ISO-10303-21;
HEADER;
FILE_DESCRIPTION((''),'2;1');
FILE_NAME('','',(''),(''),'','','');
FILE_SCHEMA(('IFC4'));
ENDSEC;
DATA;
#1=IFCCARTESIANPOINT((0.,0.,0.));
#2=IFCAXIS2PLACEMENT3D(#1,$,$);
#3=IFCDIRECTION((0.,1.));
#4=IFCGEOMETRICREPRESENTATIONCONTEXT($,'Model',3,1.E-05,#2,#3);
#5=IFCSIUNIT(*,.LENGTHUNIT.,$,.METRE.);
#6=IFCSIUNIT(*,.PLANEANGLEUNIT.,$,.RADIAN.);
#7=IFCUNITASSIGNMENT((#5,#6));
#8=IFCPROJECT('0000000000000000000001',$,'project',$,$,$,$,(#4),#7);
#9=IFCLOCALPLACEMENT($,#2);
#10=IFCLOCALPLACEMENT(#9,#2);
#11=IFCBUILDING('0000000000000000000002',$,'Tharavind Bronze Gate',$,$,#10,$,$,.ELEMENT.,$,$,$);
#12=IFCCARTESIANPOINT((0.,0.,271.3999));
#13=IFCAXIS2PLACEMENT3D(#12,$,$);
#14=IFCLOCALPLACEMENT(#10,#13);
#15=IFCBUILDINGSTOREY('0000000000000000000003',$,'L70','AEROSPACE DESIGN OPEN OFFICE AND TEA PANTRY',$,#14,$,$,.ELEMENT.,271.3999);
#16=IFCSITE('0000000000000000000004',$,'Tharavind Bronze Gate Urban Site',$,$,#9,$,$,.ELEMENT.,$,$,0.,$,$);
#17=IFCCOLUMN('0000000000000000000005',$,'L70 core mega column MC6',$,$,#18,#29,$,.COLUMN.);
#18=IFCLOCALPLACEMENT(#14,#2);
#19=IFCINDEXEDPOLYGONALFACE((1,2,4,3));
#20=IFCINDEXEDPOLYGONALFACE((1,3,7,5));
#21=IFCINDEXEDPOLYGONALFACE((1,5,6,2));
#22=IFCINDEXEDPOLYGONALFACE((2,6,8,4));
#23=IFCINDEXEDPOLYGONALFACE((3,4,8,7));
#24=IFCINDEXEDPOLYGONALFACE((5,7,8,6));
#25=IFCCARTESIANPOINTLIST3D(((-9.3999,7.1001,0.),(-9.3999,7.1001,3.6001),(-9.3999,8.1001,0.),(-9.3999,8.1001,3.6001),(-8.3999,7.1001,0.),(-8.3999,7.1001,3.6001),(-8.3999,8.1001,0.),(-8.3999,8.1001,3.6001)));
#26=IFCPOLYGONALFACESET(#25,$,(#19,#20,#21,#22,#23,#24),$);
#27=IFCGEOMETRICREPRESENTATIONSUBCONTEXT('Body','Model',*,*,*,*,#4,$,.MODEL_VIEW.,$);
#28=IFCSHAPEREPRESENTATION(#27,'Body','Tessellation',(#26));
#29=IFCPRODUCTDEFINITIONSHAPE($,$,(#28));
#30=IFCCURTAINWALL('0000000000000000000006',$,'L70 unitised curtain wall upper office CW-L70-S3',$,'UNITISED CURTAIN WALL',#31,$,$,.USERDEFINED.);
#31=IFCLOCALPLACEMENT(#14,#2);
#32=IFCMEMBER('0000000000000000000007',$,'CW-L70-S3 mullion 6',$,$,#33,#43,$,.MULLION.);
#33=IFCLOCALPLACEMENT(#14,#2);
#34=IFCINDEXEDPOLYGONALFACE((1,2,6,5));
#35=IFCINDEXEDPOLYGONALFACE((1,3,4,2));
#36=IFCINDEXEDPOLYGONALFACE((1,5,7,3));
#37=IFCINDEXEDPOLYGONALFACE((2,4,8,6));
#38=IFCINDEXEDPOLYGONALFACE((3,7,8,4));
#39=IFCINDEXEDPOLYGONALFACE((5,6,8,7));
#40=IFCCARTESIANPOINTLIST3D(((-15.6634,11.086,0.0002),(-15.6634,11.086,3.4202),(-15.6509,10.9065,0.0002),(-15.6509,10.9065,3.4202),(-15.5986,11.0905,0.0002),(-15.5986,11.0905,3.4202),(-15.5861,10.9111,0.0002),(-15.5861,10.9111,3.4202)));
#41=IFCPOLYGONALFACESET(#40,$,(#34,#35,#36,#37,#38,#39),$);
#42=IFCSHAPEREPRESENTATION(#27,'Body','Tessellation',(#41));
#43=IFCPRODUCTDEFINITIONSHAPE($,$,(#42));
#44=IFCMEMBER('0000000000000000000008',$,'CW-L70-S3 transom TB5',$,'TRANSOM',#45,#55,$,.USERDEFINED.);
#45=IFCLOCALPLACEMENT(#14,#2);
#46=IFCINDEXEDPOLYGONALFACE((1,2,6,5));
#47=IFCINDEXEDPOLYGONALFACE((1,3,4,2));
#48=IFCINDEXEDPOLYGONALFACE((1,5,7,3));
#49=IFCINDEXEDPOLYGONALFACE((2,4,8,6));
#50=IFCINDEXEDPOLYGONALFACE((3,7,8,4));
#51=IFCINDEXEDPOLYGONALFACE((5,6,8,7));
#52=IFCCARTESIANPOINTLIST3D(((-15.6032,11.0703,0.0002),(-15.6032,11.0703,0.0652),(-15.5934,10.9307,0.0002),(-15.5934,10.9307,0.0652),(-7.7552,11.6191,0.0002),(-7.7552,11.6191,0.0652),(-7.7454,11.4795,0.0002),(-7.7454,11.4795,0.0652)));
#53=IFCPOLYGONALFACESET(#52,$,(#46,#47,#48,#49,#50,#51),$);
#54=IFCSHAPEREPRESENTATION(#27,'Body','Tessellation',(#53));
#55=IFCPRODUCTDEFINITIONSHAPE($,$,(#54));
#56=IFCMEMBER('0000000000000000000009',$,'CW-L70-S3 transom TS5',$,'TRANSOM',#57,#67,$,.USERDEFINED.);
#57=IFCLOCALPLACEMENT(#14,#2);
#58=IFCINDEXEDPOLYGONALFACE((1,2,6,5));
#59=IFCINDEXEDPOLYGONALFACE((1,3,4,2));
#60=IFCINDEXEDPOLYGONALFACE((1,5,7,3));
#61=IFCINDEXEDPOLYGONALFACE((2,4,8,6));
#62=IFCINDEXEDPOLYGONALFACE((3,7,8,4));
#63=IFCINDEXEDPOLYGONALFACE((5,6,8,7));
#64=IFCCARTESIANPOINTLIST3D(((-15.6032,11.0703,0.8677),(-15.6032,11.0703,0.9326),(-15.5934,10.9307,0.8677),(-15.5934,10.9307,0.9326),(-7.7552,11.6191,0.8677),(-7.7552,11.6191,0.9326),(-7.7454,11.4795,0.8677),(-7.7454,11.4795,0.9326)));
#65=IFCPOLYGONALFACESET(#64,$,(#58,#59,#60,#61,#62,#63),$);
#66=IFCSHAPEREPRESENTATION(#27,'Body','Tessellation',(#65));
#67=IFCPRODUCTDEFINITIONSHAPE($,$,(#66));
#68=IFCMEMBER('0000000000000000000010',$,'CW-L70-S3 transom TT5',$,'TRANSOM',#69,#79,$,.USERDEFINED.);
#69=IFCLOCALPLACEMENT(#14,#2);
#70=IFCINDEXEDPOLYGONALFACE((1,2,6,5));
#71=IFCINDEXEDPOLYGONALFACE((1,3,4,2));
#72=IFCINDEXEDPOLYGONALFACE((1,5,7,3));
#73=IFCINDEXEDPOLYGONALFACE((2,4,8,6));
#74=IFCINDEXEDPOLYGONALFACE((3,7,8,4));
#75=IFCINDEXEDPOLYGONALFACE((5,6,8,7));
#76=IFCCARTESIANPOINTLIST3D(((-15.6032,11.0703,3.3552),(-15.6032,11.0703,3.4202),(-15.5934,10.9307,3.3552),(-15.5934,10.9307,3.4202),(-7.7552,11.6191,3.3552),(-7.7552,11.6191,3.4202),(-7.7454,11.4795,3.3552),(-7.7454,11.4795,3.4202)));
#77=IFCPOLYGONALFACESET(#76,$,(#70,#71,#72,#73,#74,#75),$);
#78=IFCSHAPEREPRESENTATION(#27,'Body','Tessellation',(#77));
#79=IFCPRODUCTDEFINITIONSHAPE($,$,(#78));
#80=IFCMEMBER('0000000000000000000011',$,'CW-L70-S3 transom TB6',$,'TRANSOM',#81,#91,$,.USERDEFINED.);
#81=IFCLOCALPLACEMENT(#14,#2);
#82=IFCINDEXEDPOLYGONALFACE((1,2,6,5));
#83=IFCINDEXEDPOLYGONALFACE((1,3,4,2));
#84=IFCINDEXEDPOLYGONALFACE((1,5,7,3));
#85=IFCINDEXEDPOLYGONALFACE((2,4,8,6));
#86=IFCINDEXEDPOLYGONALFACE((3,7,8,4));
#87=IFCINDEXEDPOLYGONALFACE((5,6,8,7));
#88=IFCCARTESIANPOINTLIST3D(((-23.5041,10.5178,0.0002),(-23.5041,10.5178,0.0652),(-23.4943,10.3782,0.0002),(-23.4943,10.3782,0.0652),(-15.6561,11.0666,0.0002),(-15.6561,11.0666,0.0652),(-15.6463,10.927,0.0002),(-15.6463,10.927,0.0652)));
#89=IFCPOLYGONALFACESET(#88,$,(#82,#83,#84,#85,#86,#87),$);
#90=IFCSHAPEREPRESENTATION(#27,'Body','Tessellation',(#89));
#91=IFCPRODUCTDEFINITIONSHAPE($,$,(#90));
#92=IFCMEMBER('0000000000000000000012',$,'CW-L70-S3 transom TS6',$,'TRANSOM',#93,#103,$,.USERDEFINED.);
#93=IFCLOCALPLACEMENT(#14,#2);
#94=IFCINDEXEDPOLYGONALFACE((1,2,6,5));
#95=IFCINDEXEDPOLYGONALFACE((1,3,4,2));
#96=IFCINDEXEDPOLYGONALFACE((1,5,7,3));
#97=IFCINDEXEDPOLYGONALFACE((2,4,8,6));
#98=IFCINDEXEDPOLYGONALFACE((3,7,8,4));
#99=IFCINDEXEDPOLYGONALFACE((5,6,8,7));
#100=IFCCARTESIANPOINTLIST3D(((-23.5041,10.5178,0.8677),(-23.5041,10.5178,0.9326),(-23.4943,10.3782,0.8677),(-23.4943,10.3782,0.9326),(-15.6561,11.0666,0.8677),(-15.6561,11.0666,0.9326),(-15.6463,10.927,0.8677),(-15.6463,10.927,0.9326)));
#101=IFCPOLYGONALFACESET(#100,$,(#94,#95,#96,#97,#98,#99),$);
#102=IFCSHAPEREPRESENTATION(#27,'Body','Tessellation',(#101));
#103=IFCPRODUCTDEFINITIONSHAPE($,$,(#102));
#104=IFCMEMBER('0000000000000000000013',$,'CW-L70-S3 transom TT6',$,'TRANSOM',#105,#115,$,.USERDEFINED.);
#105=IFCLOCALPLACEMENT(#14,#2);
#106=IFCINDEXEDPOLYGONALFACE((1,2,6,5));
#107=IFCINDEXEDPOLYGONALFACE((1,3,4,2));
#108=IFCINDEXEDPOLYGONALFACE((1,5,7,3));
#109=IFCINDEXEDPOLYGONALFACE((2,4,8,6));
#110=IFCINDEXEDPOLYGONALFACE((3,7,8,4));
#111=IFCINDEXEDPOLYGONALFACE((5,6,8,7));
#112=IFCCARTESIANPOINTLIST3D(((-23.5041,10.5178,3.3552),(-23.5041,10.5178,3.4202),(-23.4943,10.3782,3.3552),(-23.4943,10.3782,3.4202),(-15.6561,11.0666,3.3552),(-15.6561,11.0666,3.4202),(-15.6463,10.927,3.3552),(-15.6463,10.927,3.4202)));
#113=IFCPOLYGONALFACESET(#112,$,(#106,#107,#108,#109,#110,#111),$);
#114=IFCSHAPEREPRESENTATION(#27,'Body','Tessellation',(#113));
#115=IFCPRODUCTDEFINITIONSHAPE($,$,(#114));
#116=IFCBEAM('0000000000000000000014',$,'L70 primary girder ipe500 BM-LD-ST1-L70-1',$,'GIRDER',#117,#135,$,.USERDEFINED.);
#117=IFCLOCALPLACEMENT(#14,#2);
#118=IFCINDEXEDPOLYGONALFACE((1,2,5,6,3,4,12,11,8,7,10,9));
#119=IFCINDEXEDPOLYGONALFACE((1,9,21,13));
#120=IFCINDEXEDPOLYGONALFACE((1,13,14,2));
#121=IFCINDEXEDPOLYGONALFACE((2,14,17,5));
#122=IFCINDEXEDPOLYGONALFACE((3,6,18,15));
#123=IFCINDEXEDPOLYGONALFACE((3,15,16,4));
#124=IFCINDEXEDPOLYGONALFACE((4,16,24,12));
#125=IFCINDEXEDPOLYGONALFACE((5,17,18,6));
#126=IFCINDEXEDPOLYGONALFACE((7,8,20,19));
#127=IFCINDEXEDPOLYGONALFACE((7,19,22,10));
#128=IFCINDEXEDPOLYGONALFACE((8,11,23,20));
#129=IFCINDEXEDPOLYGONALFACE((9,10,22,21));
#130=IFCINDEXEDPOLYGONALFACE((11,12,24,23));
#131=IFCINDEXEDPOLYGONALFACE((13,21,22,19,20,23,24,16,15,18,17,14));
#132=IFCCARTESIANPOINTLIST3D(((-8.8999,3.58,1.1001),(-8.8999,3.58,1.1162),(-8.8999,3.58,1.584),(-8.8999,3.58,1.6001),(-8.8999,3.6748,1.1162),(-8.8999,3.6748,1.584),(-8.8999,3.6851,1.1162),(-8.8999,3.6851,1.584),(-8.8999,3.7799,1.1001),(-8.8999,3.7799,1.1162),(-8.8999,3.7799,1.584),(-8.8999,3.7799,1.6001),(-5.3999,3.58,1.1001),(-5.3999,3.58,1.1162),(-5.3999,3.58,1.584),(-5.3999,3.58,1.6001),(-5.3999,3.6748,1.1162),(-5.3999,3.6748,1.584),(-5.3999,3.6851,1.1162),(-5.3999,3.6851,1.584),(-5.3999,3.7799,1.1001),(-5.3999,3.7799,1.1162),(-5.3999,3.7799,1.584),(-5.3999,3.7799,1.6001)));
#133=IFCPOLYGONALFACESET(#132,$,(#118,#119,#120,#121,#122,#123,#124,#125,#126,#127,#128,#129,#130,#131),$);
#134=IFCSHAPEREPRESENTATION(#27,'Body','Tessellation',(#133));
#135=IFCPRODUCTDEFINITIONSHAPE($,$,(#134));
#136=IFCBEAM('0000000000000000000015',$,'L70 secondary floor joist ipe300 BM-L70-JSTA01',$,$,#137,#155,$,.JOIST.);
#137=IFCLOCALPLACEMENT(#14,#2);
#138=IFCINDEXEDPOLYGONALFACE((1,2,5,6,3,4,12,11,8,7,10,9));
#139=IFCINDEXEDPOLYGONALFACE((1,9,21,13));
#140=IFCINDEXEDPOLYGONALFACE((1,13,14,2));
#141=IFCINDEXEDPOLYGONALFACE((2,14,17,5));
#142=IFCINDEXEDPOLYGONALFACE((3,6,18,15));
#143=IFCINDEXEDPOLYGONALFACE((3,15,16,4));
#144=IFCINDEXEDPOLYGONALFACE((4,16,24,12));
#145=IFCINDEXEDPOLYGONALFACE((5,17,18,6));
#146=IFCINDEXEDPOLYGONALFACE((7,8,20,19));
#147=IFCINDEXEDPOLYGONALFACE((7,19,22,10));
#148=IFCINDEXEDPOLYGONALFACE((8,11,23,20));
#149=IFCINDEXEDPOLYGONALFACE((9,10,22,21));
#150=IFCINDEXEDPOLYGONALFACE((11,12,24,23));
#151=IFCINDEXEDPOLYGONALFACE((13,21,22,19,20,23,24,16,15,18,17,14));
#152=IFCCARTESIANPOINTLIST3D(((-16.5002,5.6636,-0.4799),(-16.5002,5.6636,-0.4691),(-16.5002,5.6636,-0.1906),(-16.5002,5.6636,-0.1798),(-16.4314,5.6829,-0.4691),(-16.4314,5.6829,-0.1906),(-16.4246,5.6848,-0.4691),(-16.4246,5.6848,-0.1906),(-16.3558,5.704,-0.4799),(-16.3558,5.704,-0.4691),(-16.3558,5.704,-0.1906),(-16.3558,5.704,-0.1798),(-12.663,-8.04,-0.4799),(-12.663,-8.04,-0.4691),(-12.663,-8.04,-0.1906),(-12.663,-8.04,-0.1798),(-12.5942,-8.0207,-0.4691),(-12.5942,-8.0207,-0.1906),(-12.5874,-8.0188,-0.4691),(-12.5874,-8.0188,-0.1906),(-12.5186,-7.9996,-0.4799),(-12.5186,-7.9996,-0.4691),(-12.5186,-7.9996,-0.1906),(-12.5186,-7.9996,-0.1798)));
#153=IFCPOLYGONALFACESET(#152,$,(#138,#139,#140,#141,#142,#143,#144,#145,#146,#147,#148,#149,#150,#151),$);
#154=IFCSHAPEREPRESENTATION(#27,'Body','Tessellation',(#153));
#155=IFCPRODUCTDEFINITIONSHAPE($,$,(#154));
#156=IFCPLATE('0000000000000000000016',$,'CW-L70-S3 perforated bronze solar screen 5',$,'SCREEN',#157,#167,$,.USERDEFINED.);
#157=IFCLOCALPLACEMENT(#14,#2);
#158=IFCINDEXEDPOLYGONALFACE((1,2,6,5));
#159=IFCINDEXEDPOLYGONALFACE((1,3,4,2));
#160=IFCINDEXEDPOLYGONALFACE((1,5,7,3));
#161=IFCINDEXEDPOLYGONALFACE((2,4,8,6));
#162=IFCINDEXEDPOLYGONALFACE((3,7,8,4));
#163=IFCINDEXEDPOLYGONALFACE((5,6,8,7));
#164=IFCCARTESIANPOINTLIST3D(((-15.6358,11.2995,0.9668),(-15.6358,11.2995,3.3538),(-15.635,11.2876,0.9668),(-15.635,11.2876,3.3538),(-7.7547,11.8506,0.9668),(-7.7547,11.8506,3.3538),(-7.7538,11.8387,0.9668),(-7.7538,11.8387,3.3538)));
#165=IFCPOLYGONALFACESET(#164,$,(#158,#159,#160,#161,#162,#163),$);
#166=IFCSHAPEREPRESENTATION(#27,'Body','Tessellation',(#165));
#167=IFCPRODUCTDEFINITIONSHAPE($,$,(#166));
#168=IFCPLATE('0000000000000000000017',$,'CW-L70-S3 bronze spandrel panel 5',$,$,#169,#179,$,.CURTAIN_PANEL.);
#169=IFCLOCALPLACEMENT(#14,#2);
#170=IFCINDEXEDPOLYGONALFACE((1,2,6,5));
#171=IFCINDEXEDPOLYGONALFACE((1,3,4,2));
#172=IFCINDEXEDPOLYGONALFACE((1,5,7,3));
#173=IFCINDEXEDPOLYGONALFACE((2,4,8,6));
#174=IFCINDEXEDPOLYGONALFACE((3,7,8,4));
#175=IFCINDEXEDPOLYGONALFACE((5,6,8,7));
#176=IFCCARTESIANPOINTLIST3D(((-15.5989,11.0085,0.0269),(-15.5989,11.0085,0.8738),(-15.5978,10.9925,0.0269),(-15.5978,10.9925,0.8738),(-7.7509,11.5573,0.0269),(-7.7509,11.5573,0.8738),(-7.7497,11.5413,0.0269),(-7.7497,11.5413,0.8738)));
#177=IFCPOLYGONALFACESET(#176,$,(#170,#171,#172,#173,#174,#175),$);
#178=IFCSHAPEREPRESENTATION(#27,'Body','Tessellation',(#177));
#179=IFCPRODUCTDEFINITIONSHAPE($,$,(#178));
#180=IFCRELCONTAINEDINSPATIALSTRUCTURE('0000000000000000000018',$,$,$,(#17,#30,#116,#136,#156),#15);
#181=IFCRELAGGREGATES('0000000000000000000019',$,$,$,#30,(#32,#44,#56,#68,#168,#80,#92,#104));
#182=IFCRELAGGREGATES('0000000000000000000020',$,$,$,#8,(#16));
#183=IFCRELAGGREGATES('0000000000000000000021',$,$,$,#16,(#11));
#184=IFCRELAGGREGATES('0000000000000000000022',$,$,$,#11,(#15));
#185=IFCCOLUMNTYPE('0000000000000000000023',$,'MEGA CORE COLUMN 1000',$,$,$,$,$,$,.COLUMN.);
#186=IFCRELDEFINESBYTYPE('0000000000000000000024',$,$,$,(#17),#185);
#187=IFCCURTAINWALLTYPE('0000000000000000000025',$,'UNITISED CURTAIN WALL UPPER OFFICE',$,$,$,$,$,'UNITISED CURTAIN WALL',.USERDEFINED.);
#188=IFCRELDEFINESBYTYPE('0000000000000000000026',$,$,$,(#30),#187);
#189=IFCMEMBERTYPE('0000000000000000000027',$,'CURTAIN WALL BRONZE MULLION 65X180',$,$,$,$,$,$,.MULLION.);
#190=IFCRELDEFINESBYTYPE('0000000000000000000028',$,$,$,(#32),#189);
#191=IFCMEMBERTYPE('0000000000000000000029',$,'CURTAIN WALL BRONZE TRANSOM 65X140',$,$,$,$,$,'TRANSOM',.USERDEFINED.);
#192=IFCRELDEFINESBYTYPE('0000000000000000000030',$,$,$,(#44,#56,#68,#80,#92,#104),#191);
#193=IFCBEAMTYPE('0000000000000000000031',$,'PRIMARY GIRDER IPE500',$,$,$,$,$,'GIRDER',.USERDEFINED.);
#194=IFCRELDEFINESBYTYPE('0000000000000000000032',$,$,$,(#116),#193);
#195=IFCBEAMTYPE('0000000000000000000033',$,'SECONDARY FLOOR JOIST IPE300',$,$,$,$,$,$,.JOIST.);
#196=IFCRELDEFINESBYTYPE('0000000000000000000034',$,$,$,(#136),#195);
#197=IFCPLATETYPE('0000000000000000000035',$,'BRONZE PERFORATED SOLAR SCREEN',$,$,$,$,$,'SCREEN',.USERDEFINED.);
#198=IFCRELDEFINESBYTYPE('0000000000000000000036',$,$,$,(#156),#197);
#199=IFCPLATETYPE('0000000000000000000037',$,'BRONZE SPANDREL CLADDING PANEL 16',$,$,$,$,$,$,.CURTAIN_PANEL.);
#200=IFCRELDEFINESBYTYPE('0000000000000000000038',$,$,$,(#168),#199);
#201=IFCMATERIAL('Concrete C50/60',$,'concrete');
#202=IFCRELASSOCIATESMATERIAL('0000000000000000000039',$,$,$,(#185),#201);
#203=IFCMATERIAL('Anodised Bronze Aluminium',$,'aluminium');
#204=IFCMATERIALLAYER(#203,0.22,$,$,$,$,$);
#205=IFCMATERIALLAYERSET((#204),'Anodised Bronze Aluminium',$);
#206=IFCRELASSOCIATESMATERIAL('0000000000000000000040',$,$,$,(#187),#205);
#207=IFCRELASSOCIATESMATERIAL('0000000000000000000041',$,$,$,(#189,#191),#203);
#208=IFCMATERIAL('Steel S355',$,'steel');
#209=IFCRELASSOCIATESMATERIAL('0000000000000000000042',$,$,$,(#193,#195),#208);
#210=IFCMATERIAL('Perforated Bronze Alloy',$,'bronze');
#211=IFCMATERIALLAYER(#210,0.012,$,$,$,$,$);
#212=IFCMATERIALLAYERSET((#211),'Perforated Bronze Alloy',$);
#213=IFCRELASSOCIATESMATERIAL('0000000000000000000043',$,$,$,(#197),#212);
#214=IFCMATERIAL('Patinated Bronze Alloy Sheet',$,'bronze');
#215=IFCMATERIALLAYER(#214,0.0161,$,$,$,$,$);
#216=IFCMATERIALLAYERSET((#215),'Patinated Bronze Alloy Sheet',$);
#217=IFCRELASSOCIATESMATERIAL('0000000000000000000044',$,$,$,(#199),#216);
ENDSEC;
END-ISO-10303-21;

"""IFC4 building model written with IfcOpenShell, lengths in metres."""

from ifc_helpers import new_model, si_unit, direction, frame, origin, origin_2d, place, context, subcontext, project, spatial, rectangle, i_section, extrude, material, layer, layer_set, material_profile, profile_set, type_object, element, aggregate, save


model = new_model("IFC4")

# Units and contexts
model_context = context("Model", 3, precision=1e-05, world=origin(), true_north=direction((0.0, 1.0)))
body_context = subcontext(model_context, "Body", "Model", "MODEL_VIEW")
ifc_project = project(units=[si_unit("LENGTHUNIT", "METRE"), si_unit("PLANEANGLEUNIT", "RADIAN")], contexts=[model_context])

# Site, building, storey
site_placement = place(None, origin())
site = spatial("IfcSite", under=ifc_project, at=site_placement, Name="Tharavind Bronze Gate Urban Site", CompositionType="ELEMENT", RefElevation=0.0)
building_placement = place(site_placement, origin())
building = spatial("IfcBuilding", under=site, at=building_placement, Name="Tharavind Bronze Gate", CompositionType="ELEMENT")
storey_placement = place(building_placement, frame((0.0, 0.0, 271.3999)))
storey = spatial("IfcBuildingStorey", under=building, at=storey_placement, Name="L70", Description="AEROSPACE DESIGN OPEN OFFICE AND TEA PANTRY", CompositionType="ELEMENT", Elevation=271.3999)

# Column
ifc_material_1 = material(Name="Concrete C50/60", Category="concrete")
ifc_material_profile_1 = material_profile(ifc_material_1, rectangle(XDim=1.0, YDim=1.0, at=origin_2d()), Name="RCCOL1000")
ifc_profile_set_1 = profile_set([ifc_material_profile_1], Name="Concrete C50/60")
column_type = type_object("IfcColumnType", Name="MEGA CORE COLUMN 1000", PredefinedType="COLUMN", material=ifc_profile_set_1)
column_placement = place(storey_placement, frame((-8.8999, 7.6001, 0.0), z_axis=(0.0, 0.0, 1.0), x_axis=(1.0, 0.0, 0.0)))
element("IfcColumn", 1, at=column_placement, inside=storey, type_object=column_type, Name="L70 core mega column MC6", PredefinedType="COLUMN", context=body_context, shape_type="SweptSolid", body=[
    extrude(rectangle(XDim=1.0, YDim=1.0, at=origin_2d()), origin(), (0.0, 0.0, 1.0), 3.6001),
])

# Curtain wall, members
ifc_material_2 = material(Name="Anodised Bronze Aluminium", Category="aluminium")
ifc_layer_1 = layer(ifc_material_2, 0.22)
ifc_layer_set_1 = layer_set([ifc_layer_1], Name="Anodised Bronze Aluminium")
curtain_wall_type = type_object("IfcCurtainWallType", Name="UNITISED CURTAIN WALL UPPER OFFICE", ElementType="UNITISED CURTAIN WALL", PredefinedType="USERDEFINED", material=ifc_layer_set_1)
curtain_wall_placement = place(storey_placement, origin())
curtain_wall = element("IfcCurtainWall", 2, at=curtain_wall_placement, inside=storey, type_object=curtain_wall_type, Name="L70 unitised curtain wall upper office CW-L70-S3", ObjectType="UNITISED CURTAIN WALL", PredefinedType="USERDEFINED")
member_type_1 = type_object("IfcMemberType", Name="CURTAIN WALL BRONZE MULLION 65X180", PredefinedType="MULLION", material=ifc_material_2)
member_1_placement = place(storey_placement, frame((-15.6248, 10.9985, 0.0002), z_axis=(0.0, 0.0, 1.0), x_axis=(-0.997564, -0.06976, 0.0)))
member_1 = element("IfcMember", 3, at=member_1_placement, type_object=member_type_1, Name="CW-L70-S3 mullion 6", PredefinedType="MULLION", context=body_context, shape_type="SweptSolid", body=[
    extrude(rectangle(XDim=0.0649, YDim=0.1799, at=origin_2d()), origin(), (0.0, 0.0, 1.0), 3.4199),
])
member_type_2 = type_object("IfcMemberType", Name="CURTAIN WALL BRONZE TRANSOM 65X140", ElementType="TRANSOM", PredefinedType="USERDEFINED", material=ifc_material_2)
member_2_placement = place(storey_placement, frame((-11.6743, 11.2749, 0.0002), z_axis=(0.0, 0.0, 1.0), x_axis=(-0.997564, -0.06976, 0.0)))
member_2 = element("IfcMember", 4, at=member_2_placement, type_object=member_type_2, Name="CW-L70-S3 transom TB5", ObjectType="TRANSOM", PredefinedType="USERDEFINED", context=body_context, shape_type="SweptSolid", body=[
    extrude(rectangle(XDim=7.8672, YDim=0.1399, at=origin_2d()), origin(), (0.0, 0.0, 1.0), 0.0649),
])
member_3_placement = place(storey_placement, frame((-11.6743, 11.2749, 0.8677), z_axis=(0.0, 0.0, 1.0), x_axis=(-0.997564, -0.06976, 0.0)))
member_3 = element("IfcMember", 5, at=member_3_placement, type_object=member_type_2, Name="CW-L70-S3 transom TS5", ObjectType="TRANSOM", PredefinedType="USERDEFINED", context=body_context, shape_type="SweptSolid", body=[
    extrude(rectangle(XDim=7.8672, YDim=0.1399, at=origin_2d()), origin(), (0.0, 0.0, 1.0), 0.0649),
])
member_4_placement = place(storey_placement, frame((-11.6743, 11.2749, 3.3552), z_axis=(0.0, 0.0, 1.0), x_axis=(-0.997564, -0.06976, 0.0)))
member_4 = element("IfcMember", 6, at=member_4_placement, type_object=member_type_2, Name="CW-L70-S3 transom TT5", ObjectType="TRANSOM", PredefinedType="USERDEFINED", context=body_context, shape_type="SweptSolid", body=[
    extrude(rectangle(XDim=7.8672, YDim=0.1399, at=origin_2d()), origin(), (0.0, 0.0, 1.0), 0.0649),
])
member_5_placement = place(storey_placement, frame((-19.5752, 10.7224, 0.0002), z_axis=(0.0, 0.0, 1.0), x_axis=(-0.997564, -0.06976, 0.0)))
member_5 = element("IfcMember", 7, at=member_5_placement, type_object=member_type_2, Name="CW-L70-S3 transom TB6", ObjectType="TRANSOM", PredefinedType="USERDEFINED", context=body_context, shape_type="SweptSolid", body=[
    extrude(rectangle(XDim=7.8672, YDim=0.1399, at=origin_2d()), origin(), (0.0, 0.0, 1.0), 0.0649),
])
member_6_placement = place(storey_placement, frame((-19.5752, 10.7224, 0.8677), z_axis=(0.0, 0.0, 1.0), x_axis=(-0.997564, -0.06976, 0.0)))
member_6 = element("IfcMember", 8, at=member_6_placement, type_object=member_type_2, Name="CW-L70-S3 transom TS6", ObjectType="TRANSOM", PredefinedType="USERDEFINED", context=body_context, shape_type="SweptSolid", body=[
    extrude(rectangle(XDim=7.8672, YDim=0.1399, at=origin_2d()), origin(), (0.0, 0.0, 1.0), 0.0649),
])
member_7_placement = place(storey_placement, frame((-19.5752, 10.7224, 3.3552), z_axis=(0.0, 0.0, 1.0), x_axis=(-0.997564, -0.06976, 0.0)))
member_7 = element("IfcMember", 9, at=member_7_placement, type_object=member_type_2, Name="CW-L70-S3 transom TT6", ObjectType="TRANSOM", PredefinedType="USERDEFINED", context=body_context, shape_type="SweptSolid", body=[
    extrude(rectangle(XDim=7.8672, YDim=0.1399, at=origin_2d()), origin(), (0.0, 0.0, 1.0), 0.0649),
])

# Beams
ifc_material_3 = material(Name="Steel S355", Category="steel")
ifc_material_profile_2 = material_profile(ifc_material_3, i_section(OverallWidth=0.2, OverallDepth=0.5, WebThickness=0.0103, FlangeThickness=0.0161, at=origin_2d()), Name="IPE500")
ifc_profile_set_2 = profile_set([ifc_material_profile_2], Name="Steel S355")
beam_type_1 = type_object("IfcBeamType", Name="PRIMARY GIRDER IPE500", ElementType="GIRDER", PredefinedType="USERDEFINED", material=ifc_profile_set_2)
beam_1_placement = place(storey_placement, frame((-8.8999, 3.6799, 1.3501), z_axis=(1.0, 0.0, 0.0), x_axis=(0.0, 1.0, 0.0)))
element("IfcBeam", 10, at=beam_1_placement, inside=storey, type_object=beam_type_1, Name="L70 primary girder ipe500 BM-LD-ST1-L70-1", ObjectType="GIRDER", PredefinedType="USERDEFINED", context=body_context, shape_type="SweptSolid", body=[
    extrude(i_section(OverallWidth=0.2, OverallDepth=0.5, WebThickness=0.0103, FlangeThickness=0.0161, at=origin_2d()), origin(), (0.0, 0.0, 1.0), 3.5),
])
ifc_material_profile_3 = material_profile(ifc_material_3, i_section(OverallWidth=0.1499, OverallDepth=0.3, WebThickness=0.0071, FlangeThickness=0.0107, at=origin_2d()), Name="IPE300")
ifc_profile_set_3 = profile_set([ifc_material_profile_3], Name="Steel S355")
beam_type_2 = type_object("IfcBeamType", Name="SECONDARY FLOOR JOIST IPE300", PredefinedType="JOIST", material=ifc_profile_set_3)
beam_2_placement = place(storey_placement, frame((-16.428, 5.6838, -0.3298), z_axis=(0.269639, -0.962961, 0.0), x_axis=(0.962961, 0.269639, 0.0)))
element("IfcBeam", 11, at=beam_2_placement, inside=storey, type_object=beam_type_2, Name="L70 secondary floor joist ipe300 BM-L70-JSTA01", PredefinedType="JOIST", context=body_context, shape_type="SweptSolid", body=[
    extrude(i_section(OverallWidth=0.1499, OverallDepth=0.3, WebThickness=0.0071, FlangeThickness=0.0107, at=origin_2d()), origin(), (0.0, 0.0, 1.0), 14.2307),
])

# Plates
ifc_material_4 = material(Name="Perforated Bronze Alloy", Category="bronze")
ifc_layer_2 = layer(ifc_material_4, 0.012)
ifc_layer_set_2 = layer_set([ifc_layer_2], Name="Perforated Bronze Alloy")
plate_type_1 = type_object("IfcPlateType", Name="BRONZE PERFORATED SOLAR SCREEN", ElementType="SCREEN", PredefinedType="USERDEFINED", material=ifc_layer_set_2)
plate_1_placement = place(storey_placement, frame((-11.6948, 11.5691, 0.9668), z_axis=(0.0, 0.0, 1.0), x_axis=(-0.997564, -0.06976, 0.0)))
element("IfcPlate", 12, at=plate_1_placement, inside=storey, type_object=plate_type_1, Name="CW-L70-S3 perforated bronze solar screen 5", ObjectType="SCREEN", PredefinedType="USERDEFINED", context=body_context, shape_type="SweptSolid", body=[
    extrude(rectangle(XDim=7.9004, YDim=0.012, at=origin_2d()), origin(), (0.0, 0.0, 1.0), 2.387),
])
ifc_material_5 = material(Name="Patinated Bronze Alloy Sheet", Category="bronze")
ifc_layer_3 = layer(ifc_material_5, 0.0161)
ifc_layer_set_3 = layer_set([ifc_layer_3], Name="Patinated Bronze Alloy Sheet")
plate_type_2 = type_object("IfcPlateType", Name="BRONZE SPANDREL CLADDING PANEL 16", PredefinedType="CURTAIN_PANEL", material=ifc_layer_set_3)
plate_2_placement = place(storey_placement, frame((-11.6743, 11.2749, 0.0269), z_axis=(0.0, 0.0, 1.0), x_axis=(-0.997564, -0.06976, 0.0)))
plate_2 = element("IfcPlate", 13, at=plate_2_placement, type_object=plate_type_2, Name="CW-L70-S3 bronze spandrel panel 5", PredefinedType="CURTAIN_PANEL", context=body_context, shape_type="SweptSolid", body=[
    extrude(rectangle(XDim=7.8672, YDim=0.0161, at=origin_2d()), origin(), (0.0, 0.0, 1.0), 0.8469),
])
aggregate(curtain_wall, [member_1, member_2, member_3, member_4, plate_2, member_5, member_6, member_7])

save(model, "model.ifc")
